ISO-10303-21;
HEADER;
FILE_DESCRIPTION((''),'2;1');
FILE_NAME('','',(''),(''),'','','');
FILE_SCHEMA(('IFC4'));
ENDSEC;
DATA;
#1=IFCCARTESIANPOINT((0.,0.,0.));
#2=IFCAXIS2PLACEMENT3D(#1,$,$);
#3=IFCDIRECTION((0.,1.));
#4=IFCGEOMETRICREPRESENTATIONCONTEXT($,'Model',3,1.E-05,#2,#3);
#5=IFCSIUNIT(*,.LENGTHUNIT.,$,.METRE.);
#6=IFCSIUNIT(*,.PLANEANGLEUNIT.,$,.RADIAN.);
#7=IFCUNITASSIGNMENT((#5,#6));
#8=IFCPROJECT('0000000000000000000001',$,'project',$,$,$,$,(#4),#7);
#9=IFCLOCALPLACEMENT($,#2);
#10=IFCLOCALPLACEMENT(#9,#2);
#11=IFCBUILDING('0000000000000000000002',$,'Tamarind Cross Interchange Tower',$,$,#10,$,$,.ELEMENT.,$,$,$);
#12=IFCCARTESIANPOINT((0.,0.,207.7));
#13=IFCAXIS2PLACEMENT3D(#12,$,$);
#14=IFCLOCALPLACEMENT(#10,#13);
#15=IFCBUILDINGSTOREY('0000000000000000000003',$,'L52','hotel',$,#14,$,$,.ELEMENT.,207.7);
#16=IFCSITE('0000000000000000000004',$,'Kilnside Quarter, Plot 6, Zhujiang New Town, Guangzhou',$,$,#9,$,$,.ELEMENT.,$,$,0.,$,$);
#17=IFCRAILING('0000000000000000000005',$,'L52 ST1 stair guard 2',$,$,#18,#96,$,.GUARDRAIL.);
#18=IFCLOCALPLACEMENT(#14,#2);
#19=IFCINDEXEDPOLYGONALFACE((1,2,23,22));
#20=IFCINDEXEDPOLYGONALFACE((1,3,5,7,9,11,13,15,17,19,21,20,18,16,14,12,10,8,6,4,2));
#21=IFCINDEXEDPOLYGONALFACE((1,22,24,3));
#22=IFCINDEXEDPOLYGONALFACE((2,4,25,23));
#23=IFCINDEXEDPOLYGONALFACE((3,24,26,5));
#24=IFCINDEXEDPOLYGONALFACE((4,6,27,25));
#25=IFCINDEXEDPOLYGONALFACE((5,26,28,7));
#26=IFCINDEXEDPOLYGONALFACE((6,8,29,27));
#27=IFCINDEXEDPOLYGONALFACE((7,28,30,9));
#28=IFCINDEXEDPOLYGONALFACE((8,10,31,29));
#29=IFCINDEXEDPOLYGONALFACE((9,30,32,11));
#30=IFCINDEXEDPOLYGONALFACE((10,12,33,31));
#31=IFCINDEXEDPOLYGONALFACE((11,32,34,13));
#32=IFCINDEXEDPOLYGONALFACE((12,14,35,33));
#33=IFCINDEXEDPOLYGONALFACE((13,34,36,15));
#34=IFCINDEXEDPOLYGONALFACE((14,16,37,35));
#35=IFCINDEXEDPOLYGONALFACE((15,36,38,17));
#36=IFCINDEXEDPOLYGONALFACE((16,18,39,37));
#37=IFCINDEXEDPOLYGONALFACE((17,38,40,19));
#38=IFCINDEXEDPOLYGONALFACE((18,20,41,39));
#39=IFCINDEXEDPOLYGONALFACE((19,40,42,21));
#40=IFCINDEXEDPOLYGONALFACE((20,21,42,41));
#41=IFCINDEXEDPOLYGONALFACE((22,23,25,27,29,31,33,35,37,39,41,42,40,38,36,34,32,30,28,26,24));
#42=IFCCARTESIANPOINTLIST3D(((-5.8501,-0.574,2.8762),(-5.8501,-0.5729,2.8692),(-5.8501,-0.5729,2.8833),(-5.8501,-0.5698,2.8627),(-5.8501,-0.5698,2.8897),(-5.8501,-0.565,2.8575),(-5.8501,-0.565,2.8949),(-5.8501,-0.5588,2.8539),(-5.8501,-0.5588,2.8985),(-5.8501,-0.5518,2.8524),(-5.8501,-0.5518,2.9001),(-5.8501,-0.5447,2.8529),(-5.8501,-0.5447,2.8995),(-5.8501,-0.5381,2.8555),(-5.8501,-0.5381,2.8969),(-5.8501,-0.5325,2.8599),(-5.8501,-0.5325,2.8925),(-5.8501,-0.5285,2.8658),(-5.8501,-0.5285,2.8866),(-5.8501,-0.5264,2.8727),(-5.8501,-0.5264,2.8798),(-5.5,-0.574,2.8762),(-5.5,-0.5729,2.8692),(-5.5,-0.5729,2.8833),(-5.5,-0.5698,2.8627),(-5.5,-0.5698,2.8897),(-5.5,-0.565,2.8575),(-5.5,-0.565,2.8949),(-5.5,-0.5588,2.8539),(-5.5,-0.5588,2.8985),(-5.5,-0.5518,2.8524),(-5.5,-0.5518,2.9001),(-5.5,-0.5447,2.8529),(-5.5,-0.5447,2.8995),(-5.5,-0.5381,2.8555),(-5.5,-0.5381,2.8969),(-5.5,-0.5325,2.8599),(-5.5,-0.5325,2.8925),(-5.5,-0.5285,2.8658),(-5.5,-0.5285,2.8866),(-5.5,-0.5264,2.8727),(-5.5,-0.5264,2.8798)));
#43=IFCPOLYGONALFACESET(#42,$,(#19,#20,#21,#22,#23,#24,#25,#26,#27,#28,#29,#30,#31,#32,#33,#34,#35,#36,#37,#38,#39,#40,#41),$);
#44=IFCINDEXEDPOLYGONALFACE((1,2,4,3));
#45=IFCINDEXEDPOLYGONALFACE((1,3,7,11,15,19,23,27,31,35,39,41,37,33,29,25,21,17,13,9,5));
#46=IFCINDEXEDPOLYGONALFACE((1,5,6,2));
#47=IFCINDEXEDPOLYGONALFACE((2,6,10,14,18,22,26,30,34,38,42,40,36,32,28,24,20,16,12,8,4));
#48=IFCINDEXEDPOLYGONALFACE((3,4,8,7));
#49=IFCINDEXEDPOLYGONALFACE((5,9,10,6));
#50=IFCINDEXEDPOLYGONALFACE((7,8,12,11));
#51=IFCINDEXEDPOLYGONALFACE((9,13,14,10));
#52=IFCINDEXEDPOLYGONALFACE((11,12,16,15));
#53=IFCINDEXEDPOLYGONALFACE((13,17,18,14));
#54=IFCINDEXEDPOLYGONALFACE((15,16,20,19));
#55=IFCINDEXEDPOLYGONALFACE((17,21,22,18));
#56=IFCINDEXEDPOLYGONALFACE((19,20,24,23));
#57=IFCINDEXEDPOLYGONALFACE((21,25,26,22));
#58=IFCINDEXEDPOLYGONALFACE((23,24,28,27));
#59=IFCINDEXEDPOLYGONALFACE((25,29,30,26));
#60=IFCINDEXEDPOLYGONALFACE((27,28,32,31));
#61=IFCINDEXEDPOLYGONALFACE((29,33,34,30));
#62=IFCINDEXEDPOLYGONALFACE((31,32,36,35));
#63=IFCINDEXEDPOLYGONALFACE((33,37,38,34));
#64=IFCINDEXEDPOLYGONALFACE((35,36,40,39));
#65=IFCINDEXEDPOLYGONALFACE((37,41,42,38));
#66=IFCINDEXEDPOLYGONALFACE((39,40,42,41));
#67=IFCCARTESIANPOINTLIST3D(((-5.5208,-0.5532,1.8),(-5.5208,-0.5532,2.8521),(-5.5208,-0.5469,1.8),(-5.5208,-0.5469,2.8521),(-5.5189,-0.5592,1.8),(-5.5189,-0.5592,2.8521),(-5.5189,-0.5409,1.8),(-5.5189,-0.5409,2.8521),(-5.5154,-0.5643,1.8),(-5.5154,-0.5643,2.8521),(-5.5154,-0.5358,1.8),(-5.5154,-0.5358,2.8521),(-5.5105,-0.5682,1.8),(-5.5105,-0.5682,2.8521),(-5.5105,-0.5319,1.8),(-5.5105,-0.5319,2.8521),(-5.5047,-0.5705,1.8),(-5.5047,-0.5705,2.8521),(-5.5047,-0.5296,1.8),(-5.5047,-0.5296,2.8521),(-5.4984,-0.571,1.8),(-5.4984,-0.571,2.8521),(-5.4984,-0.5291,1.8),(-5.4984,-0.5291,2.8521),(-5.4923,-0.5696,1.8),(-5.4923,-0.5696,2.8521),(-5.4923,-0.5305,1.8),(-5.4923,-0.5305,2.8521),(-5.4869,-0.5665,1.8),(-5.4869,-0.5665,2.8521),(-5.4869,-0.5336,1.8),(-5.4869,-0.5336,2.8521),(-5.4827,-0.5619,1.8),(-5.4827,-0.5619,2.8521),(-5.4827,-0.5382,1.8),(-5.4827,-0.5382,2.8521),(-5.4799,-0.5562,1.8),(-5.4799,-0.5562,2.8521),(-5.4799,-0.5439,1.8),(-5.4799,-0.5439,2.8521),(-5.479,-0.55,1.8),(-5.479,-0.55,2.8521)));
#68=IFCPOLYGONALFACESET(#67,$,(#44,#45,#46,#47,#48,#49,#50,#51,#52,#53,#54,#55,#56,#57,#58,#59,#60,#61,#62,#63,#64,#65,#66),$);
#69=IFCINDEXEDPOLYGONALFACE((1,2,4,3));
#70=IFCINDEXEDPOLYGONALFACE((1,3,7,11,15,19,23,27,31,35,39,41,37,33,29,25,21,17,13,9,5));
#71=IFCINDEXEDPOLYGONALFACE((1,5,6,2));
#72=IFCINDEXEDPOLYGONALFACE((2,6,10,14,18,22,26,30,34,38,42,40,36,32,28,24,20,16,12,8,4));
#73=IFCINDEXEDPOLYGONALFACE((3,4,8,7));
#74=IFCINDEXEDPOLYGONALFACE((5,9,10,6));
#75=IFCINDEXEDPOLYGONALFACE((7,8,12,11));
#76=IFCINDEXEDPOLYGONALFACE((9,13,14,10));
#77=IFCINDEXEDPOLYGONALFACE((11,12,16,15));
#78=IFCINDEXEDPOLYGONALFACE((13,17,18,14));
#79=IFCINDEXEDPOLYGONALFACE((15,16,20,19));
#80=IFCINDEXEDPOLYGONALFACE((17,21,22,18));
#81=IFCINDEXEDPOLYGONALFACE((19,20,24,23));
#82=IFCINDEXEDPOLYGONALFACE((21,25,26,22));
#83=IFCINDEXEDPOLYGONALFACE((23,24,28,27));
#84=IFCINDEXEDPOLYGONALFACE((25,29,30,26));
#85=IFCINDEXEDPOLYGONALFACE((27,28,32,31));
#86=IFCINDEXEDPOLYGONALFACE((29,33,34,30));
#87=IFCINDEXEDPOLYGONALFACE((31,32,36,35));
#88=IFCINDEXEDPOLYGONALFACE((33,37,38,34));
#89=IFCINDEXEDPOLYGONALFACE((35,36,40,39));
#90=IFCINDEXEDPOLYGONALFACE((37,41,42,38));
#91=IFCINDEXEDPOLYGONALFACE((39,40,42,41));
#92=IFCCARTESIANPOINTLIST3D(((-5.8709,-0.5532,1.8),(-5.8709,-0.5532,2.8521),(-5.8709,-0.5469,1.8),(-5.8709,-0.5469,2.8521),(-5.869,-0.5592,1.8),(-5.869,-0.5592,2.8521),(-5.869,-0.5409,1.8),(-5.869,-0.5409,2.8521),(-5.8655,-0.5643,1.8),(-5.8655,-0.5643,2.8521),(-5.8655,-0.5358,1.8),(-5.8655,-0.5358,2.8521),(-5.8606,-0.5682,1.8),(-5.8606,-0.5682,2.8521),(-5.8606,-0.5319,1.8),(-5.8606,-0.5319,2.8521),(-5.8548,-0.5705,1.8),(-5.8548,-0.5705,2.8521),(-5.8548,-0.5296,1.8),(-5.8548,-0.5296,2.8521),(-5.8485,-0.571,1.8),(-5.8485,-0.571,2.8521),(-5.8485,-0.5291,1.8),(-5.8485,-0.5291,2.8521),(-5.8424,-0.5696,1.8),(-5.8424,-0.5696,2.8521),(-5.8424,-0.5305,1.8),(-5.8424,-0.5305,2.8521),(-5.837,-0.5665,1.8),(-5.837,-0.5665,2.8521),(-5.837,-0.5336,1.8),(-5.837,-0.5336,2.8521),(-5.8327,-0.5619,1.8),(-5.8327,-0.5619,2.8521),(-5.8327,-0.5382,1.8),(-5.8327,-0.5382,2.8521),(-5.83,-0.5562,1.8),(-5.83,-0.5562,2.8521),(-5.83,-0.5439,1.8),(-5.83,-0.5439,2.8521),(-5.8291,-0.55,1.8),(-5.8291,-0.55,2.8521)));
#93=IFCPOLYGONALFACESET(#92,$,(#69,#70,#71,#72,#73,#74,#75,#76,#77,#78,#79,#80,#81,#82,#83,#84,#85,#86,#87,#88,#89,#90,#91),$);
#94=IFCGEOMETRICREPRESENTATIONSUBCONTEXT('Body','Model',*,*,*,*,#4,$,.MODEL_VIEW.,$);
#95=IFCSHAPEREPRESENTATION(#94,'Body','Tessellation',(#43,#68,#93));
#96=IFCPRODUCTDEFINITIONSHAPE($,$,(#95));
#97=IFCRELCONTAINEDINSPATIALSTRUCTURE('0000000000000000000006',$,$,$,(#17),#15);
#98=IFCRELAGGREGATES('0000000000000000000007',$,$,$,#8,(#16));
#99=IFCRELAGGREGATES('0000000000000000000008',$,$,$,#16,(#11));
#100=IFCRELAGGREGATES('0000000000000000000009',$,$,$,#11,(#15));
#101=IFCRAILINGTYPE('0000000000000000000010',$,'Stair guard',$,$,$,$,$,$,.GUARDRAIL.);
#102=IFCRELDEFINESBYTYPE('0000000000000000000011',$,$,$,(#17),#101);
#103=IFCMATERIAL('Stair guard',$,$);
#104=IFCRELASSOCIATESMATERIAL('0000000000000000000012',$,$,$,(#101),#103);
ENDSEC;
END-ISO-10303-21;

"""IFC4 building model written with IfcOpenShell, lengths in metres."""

from ifc_helpers import new_model, si_unit, direction, frame, origin, origin_2d, place, context, subcontext, project, spatial, circle, extrude, material, type_object, element, save


model = new_model("IFC4")

# Units and contexts
model_context = context("Model", 3, precision=1e-05, world=origin(), true_north=direction((0.0, 1.0)))
body_context = subcontext(model_context, "Body", "Model", "MODEL_VIEW")
ifc_project = project(units=[si_unit("LENGTHUNIT", "METRE"), si_unit("PLANEANGLEUNIT", "RADIAN")], contexts=[model_context])

# Site, building, storey
site_placement = place(None, origin())
site = spatial("IfcSite", under=ifc_project, at=site_placement, Name="Kilnside Quarter, Plot 6, Zhujiang New Town, Guangzhou", CompositionType="ELEMENT", RefElevation=0.0)
building_placement = place(site_placement, origin())
building = spatial("IfcBuilding", under=site, at=building_placement, Name="Tamarind Cross Interchange Tower", CompositionType="ELEMENT")
storey_placement = place(building_placement, frame((0.0, 0.0, 207.7)))
storey = spatial("IfcBuildingStorey", under=building, at=storey_placement, Name="L52", Description="hotel", CompositionType="ELEMENT", Elevation=207.7)

# Railing
ifc_material_1 = material(Name="Stair guard")
railing_type_1 = type_object("IfcRailingType", Name="Stair guard", PredefinedType="GUARDRAIL", material=ifc_material_1)
railing_1_placement = place(storey_placement, frame((-5.5, -0.55, 1.8)))
element("IfcRailing", 1, at=railing_1_placement, inside=storey, type_object=railing_type_1, Name="L52 ST1 stair guard 2", PredefinedType="GUARDRAIL", context=body_context, shape_type="SweptSolid", body=[
    extrude(circle(Radius=0.0239, at=origin_2d()), frame((0.0, 0.0, 1.0762), z_axis=(-1.0, 0.0, 0.0), x_axis=(0.0, -1.0, 0.0)), (0.0, 0.0, 1.0), 0.3501),
    extrude(circle(Radius=0.021, at=origin_2d()), origin(), (0.0, 0.0, 1.0), 1.052),
    extrude(circle(Radius=0.021, at=origin_2d()), frame((-0.3501, 0.0, 0.0)), (0.0, 0.0, 1.0), 1.052),
])

save(model, "model.ifc")
